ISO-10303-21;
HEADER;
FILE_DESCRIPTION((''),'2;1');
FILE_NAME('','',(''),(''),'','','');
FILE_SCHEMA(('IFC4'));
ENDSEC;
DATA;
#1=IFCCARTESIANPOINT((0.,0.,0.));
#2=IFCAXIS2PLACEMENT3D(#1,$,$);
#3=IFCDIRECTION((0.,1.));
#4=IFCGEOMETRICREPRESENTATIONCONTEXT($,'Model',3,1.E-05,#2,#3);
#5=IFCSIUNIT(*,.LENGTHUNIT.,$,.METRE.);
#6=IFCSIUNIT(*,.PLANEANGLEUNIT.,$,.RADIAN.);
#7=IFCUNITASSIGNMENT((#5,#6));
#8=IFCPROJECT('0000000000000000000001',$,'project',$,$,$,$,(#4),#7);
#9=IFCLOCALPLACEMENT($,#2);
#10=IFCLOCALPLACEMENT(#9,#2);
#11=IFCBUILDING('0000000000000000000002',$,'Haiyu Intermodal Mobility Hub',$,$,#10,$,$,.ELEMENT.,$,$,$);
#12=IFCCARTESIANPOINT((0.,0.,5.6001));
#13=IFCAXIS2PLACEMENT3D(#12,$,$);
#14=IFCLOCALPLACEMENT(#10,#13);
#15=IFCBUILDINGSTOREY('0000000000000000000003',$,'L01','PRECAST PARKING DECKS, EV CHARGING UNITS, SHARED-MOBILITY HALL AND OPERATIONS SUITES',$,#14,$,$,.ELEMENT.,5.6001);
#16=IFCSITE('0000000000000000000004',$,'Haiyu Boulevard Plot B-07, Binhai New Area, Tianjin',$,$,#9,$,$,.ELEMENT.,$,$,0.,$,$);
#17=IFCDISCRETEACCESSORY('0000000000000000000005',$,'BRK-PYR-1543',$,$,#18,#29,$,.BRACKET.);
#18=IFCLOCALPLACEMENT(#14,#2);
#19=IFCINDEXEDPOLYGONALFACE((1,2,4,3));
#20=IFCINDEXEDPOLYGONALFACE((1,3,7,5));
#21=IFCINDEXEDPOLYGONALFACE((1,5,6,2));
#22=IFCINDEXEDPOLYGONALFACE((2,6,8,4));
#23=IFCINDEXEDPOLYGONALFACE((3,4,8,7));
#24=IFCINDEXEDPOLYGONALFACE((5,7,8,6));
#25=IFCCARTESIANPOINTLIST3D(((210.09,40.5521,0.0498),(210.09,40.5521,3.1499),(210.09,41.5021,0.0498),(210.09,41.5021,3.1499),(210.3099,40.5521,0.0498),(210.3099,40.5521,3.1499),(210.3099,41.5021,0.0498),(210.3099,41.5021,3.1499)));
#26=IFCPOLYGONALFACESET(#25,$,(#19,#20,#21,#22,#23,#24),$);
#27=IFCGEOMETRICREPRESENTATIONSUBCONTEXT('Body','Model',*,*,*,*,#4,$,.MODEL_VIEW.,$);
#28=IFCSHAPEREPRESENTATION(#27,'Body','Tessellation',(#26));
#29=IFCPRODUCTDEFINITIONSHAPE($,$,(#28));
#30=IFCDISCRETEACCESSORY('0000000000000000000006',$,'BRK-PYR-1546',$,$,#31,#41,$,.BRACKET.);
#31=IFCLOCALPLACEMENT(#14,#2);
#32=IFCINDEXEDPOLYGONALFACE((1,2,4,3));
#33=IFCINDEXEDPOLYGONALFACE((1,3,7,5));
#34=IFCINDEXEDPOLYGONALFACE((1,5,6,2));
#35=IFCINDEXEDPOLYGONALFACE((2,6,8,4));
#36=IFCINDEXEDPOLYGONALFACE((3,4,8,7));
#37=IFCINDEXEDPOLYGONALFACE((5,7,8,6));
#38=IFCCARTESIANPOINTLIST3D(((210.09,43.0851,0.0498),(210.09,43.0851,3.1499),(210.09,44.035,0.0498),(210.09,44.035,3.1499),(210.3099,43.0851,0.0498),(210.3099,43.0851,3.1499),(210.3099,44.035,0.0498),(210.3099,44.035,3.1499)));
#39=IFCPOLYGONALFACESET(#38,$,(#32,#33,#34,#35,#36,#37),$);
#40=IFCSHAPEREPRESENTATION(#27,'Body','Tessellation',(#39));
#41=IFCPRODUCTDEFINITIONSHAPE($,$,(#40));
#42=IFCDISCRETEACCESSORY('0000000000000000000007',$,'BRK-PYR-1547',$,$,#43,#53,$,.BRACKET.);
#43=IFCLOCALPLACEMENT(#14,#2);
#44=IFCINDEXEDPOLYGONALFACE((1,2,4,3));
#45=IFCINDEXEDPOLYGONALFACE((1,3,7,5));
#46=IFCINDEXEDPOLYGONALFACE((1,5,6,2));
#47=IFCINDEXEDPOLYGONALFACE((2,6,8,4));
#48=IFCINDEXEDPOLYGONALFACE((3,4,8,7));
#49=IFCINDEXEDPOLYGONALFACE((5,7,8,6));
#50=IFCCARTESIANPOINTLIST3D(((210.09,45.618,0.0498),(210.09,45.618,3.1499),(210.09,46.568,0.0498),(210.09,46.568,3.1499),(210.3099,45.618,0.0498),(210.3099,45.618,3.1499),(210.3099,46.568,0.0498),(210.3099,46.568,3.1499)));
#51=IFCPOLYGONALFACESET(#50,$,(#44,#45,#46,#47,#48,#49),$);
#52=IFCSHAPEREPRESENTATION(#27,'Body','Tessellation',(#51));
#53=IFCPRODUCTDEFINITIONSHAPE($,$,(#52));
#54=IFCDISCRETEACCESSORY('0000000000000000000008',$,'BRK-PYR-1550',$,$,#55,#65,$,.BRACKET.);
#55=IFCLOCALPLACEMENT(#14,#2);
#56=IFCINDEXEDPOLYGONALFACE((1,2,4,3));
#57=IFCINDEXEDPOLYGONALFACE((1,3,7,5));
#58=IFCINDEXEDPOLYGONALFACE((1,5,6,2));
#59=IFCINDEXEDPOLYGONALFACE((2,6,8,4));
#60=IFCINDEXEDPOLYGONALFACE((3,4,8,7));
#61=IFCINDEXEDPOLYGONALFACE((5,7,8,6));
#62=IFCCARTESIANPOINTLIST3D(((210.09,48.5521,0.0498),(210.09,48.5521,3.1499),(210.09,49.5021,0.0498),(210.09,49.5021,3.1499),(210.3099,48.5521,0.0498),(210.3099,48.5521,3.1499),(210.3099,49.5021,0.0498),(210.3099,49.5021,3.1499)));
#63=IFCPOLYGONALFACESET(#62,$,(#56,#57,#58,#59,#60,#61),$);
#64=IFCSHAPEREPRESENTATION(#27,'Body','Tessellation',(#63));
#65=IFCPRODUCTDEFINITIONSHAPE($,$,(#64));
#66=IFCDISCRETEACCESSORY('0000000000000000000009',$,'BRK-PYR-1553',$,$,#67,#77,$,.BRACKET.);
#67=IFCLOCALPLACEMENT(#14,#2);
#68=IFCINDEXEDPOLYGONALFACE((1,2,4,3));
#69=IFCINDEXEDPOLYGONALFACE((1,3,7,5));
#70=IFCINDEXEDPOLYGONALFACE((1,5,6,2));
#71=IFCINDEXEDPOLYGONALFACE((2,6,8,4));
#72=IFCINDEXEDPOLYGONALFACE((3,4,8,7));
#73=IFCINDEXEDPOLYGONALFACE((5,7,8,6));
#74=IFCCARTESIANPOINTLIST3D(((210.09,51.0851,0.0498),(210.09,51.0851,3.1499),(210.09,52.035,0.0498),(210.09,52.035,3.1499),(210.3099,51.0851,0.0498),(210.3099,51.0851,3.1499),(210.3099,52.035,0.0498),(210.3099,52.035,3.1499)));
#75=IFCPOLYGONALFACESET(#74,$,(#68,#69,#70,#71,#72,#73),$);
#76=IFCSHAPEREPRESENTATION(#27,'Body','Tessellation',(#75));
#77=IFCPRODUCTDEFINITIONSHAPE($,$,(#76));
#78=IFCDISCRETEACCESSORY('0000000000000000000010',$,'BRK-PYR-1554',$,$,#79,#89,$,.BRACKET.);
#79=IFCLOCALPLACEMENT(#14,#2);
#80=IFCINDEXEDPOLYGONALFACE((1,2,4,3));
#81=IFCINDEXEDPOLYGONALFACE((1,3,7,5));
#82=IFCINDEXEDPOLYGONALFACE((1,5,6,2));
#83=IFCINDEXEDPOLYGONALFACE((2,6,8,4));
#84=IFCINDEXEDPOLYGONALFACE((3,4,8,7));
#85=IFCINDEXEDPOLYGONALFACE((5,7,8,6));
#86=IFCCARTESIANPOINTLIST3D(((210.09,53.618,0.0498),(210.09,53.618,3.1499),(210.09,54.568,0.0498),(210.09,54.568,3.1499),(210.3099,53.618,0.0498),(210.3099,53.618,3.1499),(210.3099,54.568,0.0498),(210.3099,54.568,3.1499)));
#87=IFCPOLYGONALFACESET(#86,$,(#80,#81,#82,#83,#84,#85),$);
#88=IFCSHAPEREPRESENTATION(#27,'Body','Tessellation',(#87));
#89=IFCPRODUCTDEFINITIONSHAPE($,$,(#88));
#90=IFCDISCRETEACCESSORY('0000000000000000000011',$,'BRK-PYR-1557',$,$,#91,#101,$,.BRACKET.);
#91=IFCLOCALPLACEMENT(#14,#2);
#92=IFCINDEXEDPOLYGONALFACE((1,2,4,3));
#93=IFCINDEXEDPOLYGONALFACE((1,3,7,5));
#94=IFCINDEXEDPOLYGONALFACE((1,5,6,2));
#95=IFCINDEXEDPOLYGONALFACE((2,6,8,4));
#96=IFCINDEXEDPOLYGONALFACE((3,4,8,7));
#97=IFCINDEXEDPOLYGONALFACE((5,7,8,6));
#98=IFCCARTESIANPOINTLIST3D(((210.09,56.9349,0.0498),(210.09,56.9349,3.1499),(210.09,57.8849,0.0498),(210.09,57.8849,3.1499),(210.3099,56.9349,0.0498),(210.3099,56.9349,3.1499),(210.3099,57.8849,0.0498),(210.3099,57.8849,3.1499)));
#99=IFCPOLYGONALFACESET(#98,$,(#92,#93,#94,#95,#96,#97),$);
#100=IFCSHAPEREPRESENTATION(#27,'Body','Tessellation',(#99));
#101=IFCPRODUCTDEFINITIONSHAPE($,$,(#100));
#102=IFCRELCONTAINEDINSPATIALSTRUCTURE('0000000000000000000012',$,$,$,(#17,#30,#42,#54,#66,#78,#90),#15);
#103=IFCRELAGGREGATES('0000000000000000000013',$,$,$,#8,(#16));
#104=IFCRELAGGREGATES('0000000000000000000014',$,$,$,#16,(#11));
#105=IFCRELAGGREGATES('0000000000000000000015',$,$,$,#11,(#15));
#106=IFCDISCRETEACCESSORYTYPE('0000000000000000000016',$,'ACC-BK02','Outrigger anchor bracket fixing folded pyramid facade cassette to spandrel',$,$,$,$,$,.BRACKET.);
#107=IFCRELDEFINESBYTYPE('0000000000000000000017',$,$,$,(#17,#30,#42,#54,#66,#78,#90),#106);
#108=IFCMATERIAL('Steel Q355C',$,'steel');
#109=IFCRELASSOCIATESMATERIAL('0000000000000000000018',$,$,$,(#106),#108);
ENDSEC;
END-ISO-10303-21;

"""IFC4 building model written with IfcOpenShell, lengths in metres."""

from ifc_helpers import new_model, si_unit, direction, frame, origin, origin_2d, place, context, subcontext, project, spatial, rectangle, extrude, material, type_object, element, save


model = new_model("IFC4")

# Units and contexts
model_context = context("Model", 3, precision=1e-05, world=origin(), true_north=direction((0.0, 1.0)))
body_context = subcontext(model_context, "Body", "Model", "MODEL_VIEW")
ifc_project = project(units=[si_unit("LENGTHUNIT", "METRE"), si_unit("PLANEANGLEUNIT", "RADIAN")], contexts=[model_context])

# Site, building, storey
site_placement = place(None, origin())
site = spatial("IfcSite", under=ifc_project, at=site_placement, Name="Haiyu Boulevard Plot B-07, Binhai New Area, Tianjin", CompositionType="ELEMENT", RefElevation=0.0)
building_placement = place(site_placement, origin())
building = spatial("IfcBuilding", under=site, at=building_placement, Name="Haiyu Intermodal Mobility Hub", CompositionType="ELEMENT")
storey_placement = place(building_placement, frame((0.0, 0.0, 5.6001)))
storey = spatial("IfcBuildingStorey", under=building, at=storey_placement, Name="L01", Description="PRECAST PARKING DECKS, EV CHARGING UNITS, SHARED-MOBILITY HALL AND OPERATIONS SUITES", CompositionType="ELEMENT", Elevation=5.6001)

# Discrete accessories
ifc_material_1 = material(Name="Steel Q355C", Category="steel")
discrete_accessory_type = type_object("IfcDiscreteAccessoryType", Name="ACC-BK02", Description="Outrigger anchor bracket fixing folded pyramid facade cassette to spandrel", PredefinedType="BRACKET", material=ifc_material_1)
for number, where, z_axis, x_axis, name in (
    (1, (210.2, 41.0271, 0.0498), (0.0, 0.0, 1.0), (1.0, 0.0, 0.0), "BRK-PYR-1543"),
    (2, (210.2, 43.5601, 0.0498), (0.0, 0.0, 1.0), (1.0, 0.0, 0.0), "BRK-PYR-1546"),
    (3, (210.2, 46.093, 0.0498), (0.0, 0.0, 1.0), (1.0, 0.0, 0.0), "BRK-PYR-1547"),
    (4, (210.2, 49.0271, 0.0498), (0.0, 0.0, 1.0), (1.0, 0.0, 0.0), "BRK-PYR-1550"),
    (5, (210.2, 51.5601, 0.0498), (0.0, 0.0, 1.0), (1.0, 0.0, 0.0), "BRK-PYR-1553"),
    (6, (210.2, 54.093, 0.0498), (0.0, 0.0, 1.0), (1.0, 0.0, 0.0), "BRK-PYR-1554"),
    (7, (210.2, 57.4099, 0.0498), (0.0, 0.0, 1.0), (1.0, 0.0, 0.0), "BRK-PYR-1557"),
):
    element("IfcDiscreteAccessory", number, at=place(storey_placement, frame(where, z_axis=z_axis, x_axis=x_axis)), inside=storey, type_object=discrete_accessory_type, Name=name, PredefinedType="BRACKET", context=body_context, shape_type="SweptSolid", body=[
        extrude(rectangle(XDim=0.22, YDim=0.95, at=origin_2d()), origin(), (0.0, 0.0, 1.0), 3.1001),
    ])

save(model, "model.ifc")
